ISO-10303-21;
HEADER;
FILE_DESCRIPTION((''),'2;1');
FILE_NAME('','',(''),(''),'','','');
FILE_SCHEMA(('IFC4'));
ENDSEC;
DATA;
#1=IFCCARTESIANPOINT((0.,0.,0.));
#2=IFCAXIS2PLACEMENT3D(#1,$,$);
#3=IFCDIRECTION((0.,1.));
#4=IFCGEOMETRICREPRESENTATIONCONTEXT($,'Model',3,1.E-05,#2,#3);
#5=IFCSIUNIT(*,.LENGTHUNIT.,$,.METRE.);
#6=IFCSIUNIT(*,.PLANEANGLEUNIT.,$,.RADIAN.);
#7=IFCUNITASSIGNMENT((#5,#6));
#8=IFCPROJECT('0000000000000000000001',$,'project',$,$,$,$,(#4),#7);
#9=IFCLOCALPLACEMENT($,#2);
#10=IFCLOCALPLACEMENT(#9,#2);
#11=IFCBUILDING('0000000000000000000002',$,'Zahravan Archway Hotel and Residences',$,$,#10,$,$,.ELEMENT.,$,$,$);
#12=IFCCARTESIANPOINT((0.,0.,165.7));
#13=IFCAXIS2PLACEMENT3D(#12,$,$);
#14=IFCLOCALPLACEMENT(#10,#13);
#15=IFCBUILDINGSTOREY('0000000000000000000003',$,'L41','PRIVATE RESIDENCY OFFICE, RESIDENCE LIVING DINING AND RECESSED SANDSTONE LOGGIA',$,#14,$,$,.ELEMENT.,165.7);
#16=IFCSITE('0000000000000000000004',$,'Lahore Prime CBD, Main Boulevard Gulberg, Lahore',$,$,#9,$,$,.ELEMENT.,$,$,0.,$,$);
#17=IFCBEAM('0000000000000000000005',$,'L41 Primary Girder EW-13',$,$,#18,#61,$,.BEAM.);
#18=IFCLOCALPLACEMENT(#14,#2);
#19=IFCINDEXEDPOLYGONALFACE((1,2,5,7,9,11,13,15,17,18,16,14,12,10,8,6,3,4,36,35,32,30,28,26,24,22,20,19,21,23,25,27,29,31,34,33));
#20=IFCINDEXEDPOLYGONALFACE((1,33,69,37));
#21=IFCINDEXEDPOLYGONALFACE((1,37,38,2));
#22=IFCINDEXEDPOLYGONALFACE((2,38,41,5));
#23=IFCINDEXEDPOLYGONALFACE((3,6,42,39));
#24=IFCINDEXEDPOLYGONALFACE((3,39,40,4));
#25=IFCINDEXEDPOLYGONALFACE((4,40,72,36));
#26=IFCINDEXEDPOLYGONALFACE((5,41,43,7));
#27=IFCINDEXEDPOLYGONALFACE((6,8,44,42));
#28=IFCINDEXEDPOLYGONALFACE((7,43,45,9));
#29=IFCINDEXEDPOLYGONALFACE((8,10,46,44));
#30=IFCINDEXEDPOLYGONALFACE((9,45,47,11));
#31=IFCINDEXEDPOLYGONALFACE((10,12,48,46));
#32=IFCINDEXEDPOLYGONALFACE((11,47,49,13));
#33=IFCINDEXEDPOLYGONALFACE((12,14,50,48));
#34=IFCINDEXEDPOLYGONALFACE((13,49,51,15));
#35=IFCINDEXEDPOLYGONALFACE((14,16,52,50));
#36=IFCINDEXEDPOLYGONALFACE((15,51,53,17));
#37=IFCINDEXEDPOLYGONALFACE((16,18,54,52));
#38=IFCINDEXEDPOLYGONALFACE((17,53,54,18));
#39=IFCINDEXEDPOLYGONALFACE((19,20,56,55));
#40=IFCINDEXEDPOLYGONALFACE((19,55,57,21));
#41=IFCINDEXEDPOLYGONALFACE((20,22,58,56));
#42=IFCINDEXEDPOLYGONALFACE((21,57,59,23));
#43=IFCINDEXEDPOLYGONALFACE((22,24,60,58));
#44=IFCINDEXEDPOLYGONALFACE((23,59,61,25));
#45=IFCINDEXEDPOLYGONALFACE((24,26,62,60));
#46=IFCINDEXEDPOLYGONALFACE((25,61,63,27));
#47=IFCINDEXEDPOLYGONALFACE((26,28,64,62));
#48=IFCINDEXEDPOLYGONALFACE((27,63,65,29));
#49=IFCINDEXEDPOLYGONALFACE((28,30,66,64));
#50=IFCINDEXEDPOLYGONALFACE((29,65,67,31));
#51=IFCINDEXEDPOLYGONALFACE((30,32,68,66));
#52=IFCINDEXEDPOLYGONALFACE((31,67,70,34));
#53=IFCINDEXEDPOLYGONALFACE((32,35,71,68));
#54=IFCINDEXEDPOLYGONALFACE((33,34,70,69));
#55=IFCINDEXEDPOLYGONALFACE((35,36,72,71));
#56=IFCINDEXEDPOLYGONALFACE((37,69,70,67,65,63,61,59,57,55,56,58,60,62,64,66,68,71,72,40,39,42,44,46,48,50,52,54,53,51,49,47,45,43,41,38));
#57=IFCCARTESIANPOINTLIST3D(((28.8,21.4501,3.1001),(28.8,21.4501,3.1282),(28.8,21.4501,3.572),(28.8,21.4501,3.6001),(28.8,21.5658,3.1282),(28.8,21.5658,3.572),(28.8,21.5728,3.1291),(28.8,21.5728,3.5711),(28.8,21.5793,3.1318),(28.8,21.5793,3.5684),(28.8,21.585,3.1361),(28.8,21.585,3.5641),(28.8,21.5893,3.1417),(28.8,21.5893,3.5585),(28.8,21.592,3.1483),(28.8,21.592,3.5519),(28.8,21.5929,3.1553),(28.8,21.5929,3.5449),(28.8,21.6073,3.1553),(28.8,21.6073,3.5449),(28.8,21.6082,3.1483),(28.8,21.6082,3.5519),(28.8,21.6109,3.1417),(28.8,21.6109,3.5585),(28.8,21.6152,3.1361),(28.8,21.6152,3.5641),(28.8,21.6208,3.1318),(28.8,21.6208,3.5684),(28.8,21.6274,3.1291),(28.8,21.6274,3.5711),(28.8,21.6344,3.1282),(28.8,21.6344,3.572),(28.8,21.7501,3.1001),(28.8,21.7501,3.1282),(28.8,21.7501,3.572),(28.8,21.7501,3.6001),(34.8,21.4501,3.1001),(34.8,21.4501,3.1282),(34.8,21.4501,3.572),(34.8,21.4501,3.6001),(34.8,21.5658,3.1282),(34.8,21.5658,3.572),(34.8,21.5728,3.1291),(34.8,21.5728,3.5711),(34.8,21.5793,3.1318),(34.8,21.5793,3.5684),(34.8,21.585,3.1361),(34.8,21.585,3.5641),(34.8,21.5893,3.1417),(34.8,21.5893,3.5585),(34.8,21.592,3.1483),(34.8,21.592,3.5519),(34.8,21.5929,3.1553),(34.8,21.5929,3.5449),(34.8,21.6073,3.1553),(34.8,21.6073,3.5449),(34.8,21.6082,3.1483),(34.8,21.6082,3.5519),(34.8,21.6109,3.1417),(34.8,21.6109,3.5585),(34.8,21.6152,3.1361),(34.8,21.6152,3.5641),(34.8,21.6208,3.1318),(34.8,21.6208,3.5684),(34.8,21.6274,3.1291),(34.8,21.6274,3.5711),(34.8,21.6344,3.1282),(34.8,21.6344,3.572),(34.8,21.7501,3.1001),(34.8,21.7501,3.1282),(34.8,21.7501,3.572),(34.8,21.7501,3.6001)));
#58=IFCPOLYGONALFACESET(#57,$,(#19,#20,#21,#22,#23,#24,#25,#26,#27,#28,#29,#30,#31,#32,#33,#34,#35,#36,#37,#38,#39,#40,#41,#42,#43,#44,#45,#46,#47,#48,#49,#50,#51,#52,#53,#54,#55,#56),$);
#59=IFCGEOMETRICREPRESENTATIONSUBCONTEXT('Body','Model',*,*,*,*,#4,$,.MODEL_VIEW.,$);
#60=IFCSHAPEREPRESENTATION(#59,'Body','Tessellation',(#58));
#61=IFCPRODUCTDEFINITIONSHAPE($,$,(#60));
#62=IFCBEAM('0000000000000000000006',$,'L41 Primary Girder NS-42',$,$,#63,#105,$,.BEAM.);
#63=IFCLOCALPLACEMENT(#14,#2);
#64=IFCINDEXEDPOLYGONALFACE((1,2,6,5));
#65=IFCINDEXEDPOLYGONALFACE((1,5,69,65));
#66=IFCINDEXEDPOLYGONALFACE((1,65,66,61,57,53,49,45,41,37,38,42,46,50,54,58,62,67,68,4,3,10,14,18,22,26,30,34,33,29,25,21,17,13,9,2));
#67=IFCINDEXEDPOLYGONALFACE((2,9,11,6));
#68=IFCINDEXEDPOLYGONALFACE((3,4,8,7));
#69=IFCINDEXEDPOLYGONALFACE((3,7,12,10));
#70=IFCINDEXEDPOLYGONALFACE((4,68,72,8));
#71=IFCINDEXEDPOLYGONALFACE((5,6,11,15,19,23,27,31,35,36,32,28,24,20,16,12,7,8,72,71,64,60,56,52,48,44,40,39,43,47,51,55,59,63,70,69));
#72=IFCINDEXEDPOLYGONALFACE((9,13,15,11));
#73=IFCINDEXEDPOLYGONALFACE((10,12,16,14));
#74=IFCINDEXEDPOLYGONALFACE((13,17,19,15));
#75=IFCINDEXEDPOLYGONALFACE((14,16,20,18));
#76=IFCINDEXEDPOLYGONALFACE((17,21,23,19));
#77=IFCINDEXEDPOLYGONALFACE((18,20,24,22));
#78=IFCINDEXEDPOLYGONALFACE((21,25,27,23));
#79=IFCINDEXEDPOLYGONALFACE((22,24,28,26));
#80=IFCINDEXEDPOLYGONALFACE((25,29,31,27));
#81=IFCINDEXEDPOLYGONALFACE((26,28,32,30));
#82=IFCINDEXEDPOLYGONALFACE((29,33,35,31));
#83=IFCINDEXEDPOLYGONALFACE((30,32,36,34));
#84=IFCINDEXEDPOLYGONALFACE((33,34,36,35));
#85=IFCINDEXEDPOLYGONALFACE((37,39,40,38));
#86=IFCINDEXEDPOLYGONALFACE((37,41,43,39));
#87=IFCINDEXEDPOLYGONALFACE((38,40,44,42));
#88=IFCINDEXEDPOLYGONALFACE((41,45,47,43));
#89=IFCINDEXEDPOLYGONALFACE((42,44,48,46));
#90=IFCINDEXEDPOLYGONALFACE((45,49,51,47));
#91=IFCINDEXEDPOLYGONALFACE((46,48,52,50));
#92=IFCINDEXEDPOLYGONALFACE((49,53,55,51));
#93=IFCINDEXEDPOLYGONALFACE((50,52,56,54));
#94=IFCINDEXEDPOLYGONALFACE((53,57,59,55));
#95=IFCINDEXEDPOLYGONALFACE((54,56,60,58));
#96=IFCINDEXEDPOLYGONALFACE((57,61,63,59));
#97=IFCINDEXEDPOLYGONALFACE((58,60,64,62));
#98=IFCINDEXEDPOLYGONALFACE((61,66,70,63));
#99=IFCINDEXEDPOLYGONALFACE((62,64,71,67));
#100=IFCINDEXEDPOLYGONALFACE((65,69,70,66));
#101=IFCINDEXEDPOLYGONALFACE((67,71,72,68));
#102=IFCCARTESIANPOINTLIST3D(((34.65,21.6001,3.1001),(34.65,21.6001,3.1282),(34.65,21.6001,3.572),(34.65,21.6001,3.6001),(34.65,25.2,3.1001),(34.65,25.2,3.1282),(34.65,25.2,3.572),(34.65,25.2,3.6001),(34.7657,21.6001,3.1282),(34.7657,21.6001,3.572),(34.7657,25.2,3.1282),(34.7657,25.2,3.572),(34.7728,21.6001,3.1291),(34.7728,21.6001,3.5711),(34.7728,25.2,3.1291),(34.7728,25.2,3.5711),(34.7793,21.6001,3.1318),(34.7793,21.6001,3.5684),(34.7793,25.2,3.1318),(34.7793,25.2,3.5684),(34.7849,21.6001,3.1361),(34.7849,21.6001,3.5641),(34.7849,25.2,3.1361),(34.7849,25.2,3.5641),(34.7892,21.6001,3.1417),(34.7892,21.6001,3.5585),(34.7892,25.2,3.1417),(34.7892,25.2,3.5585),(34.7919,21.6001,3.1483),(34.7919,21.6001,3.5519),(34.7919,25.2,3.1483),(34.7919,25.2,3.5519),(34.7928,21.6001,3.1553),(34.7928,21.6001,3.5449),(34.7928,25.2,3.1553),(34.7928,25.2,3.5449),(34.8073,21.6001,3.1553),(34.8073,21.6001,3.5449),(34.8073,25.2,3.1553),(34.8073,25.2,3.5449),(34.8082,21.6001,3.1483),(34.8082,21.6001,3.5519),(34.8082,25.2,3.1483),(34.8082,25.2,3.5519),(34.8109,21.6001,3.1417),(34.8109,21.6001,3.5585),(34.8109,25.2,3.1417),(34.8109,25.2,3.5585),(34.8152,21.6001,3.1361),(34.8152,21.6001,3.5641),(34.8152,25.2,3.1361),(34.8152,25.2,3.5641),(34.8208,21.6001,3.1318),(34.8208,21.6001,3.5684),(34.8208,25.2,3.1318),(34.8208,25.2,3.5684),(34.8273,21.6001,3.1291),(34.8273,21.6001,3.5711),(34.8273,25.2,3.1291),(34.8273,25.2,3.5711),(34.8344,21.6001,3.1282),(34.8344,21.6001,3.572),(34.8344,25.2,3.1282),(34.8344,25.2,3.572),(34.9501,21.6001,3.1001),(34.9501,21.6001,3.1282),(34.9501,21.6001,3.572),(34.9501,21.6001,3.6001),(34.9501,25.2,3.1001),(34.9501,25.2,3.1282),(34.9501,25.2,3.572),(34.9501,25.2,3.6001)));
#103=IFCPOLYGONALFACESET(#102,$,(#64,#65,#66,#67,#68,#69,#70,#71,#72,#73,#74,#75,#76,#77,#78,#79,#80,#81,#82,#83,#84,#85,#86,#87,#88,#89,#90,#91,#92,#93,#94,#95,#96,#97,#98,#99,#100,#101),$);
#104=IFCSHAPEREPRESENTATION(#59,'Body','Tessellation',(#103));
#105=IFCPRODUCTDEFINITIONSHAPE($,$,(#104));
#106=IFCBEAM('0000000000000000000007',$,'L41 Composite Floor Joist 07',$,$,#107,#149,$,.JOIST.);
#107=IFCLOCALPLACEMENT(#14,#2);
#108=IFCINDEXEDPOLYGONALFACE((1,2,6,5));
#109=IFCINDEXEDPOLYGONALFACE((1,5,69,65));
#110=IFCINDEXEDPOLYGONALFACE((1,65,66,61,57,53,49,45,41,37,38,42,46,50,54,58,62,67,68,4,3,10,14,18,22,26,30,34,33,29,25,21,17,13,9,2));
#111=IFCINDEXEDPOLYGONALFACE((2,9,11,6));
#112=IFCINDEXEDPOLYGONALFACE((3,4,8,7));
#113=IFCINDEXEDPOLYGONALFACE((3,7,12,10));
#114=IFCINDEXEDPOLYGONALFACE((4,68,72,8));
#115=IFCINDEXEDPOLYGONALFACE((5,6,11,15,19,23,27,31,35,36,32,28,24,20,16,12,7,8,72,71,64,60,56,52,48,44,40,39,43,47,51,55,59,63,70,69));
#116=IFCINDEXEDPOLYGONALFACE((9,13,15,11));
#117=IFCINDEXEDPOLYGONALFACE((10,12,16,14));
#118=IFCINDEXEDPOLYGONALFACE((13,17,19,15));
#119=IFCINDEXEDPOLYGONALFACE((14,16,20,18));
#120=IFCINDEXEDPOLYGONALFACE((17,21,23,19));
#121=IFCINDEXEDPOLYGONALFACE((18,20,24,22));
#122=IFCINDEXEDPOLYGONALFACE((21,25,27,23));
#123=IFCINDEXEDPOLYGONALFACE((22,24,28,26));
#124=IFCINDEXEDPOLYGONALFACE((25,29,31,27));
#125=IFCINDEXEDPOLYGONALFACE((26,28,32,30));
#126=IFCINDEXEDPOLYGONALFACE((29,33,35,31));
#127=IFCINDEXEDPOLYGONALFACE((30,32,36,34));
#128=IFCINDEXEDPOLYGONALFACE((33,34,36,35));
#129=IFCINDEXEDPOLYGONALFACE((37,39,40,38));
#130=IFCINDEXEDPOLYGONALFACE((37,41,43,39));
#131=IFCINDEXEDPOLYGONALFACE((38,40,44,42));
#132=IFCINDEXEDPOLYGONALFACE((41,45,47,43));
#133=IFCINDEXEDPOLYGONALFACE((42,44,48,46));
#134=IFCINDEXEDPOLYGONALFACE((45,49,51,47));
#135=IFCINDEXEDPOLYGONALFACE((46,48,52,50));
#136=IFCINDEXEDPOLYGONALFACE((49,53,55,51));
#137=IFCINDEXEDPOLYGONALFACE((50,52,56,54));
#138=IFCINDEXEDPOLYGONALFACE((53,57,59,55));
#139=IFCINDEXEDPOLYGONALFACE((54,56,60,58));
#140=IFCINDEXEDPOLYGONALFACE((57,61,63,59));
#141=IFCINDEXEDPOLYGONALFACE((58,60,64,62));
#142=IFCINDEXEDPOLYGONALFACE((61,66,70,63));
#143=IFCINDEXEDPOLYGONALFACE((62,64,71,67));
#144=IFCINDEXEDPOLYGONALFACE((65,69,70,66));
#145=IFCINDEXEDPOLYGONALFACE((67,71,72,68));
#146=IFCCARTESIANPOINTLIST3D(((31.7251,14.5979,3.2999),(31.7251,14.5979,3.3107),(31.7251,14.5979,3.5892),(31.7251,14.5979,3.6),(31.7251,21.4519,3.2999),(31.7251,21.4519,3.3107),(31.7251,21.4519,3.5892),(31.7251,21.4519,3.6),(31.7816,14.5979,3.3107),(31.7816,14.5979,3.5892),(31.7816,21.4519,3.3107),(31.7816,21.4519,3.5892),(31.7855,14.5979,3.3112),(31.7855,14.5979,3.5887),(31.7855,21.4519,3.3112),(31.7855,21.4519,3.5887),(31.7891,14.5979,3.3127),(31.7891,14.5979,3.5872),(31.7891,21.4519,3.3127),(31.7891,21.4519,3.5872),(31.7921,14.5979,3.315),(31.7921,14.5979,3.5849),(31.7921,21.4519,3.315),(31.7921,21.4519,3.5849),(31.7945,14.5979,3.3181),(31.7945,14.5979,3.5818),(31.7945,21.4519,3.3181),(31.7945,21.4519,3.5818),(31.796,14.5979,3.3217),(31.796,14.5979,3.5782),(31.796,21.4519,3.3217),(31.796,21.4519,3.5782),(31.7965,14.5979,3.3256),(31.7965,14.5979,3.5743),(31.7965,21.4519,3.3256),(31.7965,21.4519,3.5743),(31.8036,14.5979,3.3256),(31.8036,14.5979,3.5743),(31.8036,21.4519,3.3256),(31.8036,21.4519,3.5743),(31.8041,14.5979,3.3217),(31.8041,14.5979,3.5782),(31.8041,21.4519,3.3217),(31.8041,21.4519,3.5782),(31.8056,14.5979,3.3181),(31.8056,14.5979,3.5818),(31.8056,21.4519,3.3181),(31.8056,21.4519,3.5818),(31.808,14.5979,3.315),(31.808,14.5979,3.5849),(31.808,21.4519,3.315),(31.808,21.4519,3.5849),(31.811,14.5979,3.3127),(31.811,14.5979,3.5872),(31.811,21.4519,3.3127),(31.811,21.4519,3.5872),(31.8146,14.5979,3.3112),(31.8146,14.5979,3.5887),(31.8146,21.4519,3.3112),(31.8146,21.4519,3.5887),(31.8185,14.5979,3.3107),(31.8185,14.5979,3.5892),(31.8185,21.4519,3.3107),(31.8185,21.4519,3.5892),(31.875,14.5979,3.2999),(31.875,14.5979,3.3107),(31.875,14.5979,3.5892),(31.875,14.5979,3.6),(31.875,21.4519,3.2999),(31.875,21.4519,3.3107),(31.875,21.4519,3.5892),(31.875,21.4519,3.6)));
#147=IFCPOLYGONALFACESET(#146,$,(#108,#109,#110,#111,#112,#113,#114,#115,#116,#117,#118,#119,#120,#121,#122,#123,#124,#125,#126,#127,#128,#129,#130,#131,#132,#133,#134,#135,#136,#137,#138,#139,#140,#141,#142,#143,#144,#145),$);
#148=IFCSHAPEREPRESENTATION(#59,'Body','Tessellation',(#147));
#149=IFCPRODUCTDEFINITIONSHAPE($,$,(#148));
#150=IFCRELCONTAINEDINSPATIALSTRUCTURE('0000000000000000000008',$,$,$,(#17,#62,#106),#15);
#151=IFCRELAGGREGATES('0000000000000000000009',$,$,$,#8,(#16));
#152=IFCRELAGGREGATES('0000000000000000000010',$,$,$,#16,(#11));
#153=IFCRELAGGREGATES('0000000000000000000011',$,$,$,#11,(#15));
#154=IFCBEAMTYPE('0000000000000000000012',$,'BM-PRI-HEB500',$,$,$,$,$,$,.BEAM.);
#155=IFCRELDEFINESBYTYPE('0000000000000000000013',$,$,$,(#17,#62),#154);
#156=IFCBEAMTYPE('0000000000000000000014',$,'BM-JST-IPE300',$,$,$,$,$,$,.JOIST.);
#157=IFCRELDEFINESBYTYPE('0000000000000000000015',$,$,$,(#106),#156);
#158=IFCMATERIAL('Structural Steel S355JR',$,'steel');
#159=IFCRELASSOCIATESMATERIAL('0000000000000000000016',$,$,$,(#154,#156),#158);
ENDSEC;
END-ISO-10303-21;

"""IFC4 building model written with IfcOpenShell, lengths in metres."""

from ifc_helpers import new_model, si_unit, direction, frame, origin, origin_2d, place, context, subcontext, project, spatial, i_section, extrude, source, transform, mapped, material, material_profile, profile_set, type_object, element, save


model = new_model("IFC4")

# Units and contexts
model_context = context("Model", 3, precision=1e-05, world=origin(), true_north=direction((0.0, 1.0)))
body_context = subcontext(model_context, "Body", "Model", "MODEL_VIEW")
ifc_project = project(units=[si_unit("LENGTHUNIT", "METRE"), si_unit("PLANEANGLEUNIT", "RADIAN")], contexts=[model_context])

# Site, building, storey
site_placement = place(None, origin())
site = spatial("IfcSite", under=ifc_project, at=site_placement, Name="Lahore Prime CBD, Main Boulevard Gulberg, Lahore", CompositionType="ELEMENT", RefElevation=0.0)
building_placement = place(site_placement, origin())
building = spatial("IfcBuilding", under=site, at=building_placement, Name="Zahravan Archway Hotel and Residences", CompositionType="ELEMENT")
storey_placement = place(building_placement, frame((0.0, 0.0, 165.7)))
storey = spatial("IfcBuildingStorey", under=building, at=storey_placement, Name="L41", Description="PRIVATE RESIDENCY OFFICE, RESIDENCE LIVING DINING AND RECESSED SANDSTONE LOGGIA", CompositionType="ELEMENT", Elevation=165.7)

# Beams
ifc_material_1 = material(Name="Structural Steel S355JR", Category="steel")
ifc_material_profile_1 = material_profile(ifc_material_1, i_section(OverallWidth=0.3, OverallDepth=0.5, WebThickness=0.0144, FlangeThickness=0.0281, FilletRadius=0.0271, at=origin_2d()), Name="HEB 500", Category="steel")
ifc_profile_set_1 = profile_set([ifc_material_profile_1], Name="Structural Steel S355JR")
beam_type_1 = type_object("IfcBeamType", Name="BM-PRI-HEB500", PredefinedType="BEAM", material=ifc_profile_set_1)
shared_shape_1 = source(origin(), body_context, "Body", "SweptSolid", [
    extrude(i_section(OverallWidth=0.3, OverallDepth=0.5, WebThickness=0.0144, FlangeThickness=0.0281, FilletRadius=0.0271, at=origin_2d()), origin(), (0.0, 0.0, 1.0), 6.0),
])
beam_1_placement = place(storey_placement, frame((28.8, 21.6001, 3.3501), z_axis=(1.0, 0.0, 0.0), x_axis=(0.0, 1.0, 0.0)))
element("IfcBeam", 1, at=beam_1_placement, inside=storey, type_object=beam_type_1, Name="L41 Primary Girder EW-13", PredefinedType="BEAM", context=body_context, shape_type="MappedRepresentation", body=[
    mapped(shared_shape_1, transform((0.0, 0.0, 0.0), scale=1.0)),
])
shared_shape_2 = source(origin(), body_context, "Body", "SweptSolid", [
    extrude(i_section(OverallWidth=0.3, OverallDepth=0.5, WebThickness=0.0144, FlangeThickness=0.0281, FilletRadius=0.0271, at=origin_2d()), origin(), (0.0, 0.0, 1.0), 3.5999),
])
beam_2_placement = place(storey_placement, frame((34.8, 21.6001, 3.3501), z_axis=(0.0, 1.0, 0.0), x_axis=(-1.0, 0.0, 0.0)))
element("IfcBeam", 2, at=beam_2_placement, inside=storey, type_object=beam_type_1, Name="L41 Primary Girder NS-42", PredefinedType="BEAM", context=body_context, shape_type="MappedRepresentation", body=[
    mapped(shared_shape_2, transform((0.0, 0.0, 0.0), scale=1.0)),
])
ifc_material_profile_2 = material_profile(ifc_material_1, i_section(OverallWidth=0.1499, OverallDepth=0.3, WebThickness=0.0071, FlangeThickness=0.0107, FilletRadius=0.0149, at=origin_2d()), Name="IPE 300", Category="steel")
ifc_profile_set_2 = profile_set([ifc_material_profile_2], Name="Structural Steel S355JR")
beam_type_2 = type_object("IfcBeamType", Name="BM-JST-IPE300", PredefinedType="JOIST", material=ifc_profile_set_2)
shared_shape_3 = source(origin(), body_context, "Body", "SweptSolid", [
    extrude(i_section(OverallWidth=0.1499, OverallDepth=0.3, WebThickness=0.0071, FlangeThickness=0.0107, FilletRadius=0.0149, at=origin_2d()), origin(), (0.0, 0.0, 1.0), 6.854),
])
beam_3_placement = place(storey_placement, frame((31.8, 14.5979, 3.45), z_axis=(0.0, 1.0, 0.0), x_axis=(-1.0, 0.0, 0.0)))
element("IfcBeam", 3, at=beam_3_placement, inside=storey, type_object=beam_type_2, Name="L41 Composite Floor Joist 07", PredefinedType="JOIST", context=body_context, shape_type="MappedRepresentation", body=[
    mapped(shared_shape_3, transform((0.0, 0.0, 0.0), scale=1.0)),
])

save(model, "model.ifc")
